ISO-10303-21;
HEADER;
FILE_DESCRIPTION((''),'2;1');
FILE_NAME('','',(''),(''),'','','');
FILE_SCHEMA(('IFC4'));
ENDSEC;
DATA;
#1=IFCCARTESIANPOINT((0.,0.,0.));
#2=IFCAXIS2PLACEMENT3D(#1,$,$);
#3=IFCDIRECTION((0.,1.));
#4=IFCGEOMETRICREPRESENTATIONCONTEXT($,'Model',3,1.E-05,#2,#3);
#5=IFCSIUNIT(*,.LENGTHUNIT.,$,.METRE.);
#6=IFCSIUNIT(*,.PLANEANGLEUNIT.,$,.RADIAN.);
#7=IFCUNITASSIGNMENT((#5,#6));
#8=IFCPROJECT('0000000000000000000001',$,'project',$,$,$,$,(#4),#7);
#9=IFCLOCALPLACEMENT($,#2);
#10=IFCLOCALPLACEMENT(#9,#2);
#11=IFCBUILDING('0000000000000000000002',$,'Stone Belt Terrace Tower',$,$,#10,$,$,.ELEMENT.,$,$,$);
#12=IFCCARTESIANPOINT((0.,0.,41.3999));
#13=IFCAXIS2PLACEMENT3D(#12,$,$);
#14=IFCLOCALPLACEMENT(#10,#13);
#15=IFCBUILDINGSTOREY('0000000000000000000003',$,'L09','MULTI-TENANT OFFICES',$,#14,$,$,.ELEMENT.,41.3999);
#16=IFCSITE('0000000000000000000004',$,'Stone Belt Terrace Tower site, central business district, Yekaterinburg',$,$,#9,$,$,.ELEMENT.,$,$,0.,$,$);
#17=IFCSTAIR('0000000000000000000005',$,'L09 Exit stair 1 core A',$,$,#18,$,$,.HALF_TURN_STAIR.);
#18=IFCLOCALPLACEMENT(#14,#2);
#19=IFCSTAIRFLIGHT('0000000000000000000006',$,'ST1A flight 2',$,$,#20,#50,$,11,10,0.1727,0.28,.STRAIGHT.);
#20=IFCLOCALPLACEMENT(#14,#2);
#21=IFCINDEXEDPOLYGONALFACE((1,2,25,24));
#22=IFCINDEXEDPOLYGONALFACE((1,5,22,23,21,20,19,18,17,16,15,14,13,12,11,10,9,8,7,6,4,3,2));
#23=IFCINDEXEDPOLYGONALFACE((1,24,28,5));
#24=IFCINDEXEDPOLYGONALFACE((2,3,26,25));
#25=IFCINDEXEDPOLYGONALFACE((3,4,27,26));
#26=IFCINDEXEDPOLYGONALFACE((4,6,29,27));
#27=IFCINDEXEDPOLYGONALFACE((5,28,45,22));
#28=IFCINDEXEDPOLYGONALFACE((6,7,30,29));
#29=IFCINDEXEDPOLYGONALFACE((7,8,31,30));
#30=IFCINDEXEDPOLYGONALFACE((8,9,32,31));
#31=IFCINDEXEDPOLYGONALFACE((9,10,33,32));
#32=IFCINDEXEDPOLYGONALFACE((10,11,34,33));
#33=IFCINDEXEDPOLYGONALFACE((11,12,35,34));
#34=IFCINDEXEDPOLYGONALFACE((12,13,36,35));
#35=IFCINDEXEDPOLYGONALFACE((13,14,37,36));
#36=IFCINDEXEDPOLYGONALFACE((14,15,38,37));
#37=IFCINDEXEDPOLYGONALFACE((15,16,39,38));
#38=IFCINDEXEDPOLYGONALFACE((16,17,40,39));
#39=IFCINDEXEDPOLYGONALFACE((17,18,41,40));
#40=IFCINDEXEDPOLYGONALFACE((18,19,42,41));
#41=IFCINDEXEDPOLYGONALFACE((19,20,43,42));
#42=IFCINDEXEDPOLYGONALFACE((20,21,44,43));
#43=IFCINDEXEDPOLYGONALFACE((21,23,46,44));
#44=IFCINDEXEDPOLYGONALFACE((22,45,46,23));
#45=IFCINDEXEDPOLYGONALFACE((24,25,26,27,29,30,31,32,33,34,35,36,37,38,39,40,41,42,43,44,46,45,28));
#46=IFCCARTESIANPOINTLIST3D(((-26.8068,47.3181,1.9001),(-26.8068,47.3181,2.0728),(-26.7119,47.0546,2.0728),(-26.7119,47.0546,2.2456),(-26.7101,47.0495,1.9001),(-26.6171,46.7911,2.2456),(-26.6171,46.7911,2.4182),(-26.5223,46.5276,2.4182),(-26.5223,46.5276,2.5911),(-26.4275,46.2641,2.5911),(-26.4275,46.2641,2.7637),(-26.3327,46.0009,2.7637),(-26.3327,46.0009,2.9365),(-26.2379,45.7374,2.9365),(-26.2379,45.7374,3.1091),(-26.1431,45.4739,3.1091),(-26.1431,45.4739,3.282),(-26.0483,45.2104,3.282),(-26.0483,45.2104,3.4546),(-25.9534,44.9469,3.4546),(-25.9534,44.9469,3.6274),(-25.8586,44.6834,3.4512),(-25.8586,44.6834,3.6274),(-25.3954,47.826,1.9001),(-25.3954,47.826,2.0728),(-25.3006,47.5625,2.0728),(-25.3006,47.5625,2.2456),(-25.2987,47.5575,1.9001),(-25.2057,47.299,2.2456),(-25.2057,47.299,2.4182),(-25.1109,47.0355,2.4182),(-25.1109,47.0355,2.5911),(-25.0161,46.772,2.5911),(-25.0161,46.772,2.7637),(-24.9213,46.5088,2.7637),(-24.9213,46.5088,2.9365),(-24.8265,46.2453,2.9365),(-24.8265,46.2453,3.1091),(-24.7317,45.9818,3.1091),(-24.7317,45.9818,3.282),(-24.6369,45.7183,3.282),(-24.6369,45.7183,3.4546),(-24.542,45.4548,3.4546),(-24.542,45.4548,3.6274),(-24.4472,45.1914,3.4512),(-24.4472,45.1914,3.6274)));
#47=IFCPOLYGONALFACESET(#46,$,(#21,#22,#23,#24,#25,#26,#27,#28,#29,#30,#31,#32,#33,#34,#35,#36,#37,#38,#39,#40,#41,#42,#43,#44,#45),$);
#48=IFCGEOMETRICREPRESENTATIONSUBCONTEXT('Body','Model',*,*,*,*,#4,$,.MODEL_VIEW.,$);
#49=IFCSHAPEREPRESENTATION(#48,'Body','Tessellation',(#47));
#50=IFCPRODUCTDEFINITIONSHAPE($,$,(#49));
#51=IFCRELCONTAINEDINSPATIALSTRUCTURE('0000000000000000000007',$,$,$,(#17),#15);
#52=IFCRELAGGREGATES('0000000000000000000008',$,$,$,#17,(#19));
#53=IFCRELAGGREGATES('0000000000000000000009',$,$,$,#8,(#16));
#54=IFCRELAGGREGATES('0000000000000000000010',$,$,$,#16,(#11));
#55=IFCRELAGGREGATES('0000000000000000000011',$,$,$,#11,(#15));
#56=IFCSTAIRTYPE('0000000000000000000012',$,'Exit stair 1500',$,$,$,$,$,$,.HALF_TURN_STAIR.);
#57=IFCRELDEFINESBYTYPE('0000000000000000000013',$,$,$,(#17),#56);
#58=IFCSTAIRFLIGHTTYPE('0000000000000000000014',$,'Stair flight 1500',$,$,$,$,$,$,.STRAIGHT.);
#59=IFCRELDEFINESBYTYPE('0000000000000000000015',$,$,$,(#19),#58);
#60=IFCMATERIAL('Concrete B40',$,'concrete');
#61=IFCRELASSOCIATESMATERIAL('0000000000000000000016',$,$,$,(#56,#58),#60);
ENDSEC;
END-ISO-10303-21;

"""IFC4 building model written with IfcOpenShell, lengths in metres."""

from ifc_helpers import new_model, si_unit, direction, frame, origin, place, context, subcontext, project, spatial, polyline, outline, extrude, material, type_object, element, aggregate, save


model = new_model("IFC4")

# Units and contexts
model_context = context("Model", 3, precision=1e-05, world=origin(), true_north=direction((0.0, 1.0)))
body_context = subcontext(model_context, "Body", "Model", "MODEL_VIEW")
ifc_project = project(units=[si_unit("LENGTHUNIT", "METRE"), si_unit("PLANEANGLEUNIT", "RADIAN")], contexts=[model_context])

# Site, building, storey
site_placement = place(None, origin())
site = spatial("IfcSite", under=ifc_project, at=site_placement, Name="Stone Belt Terrace Tower site, central business district, Yekaterinburg", CompositionType="ELEMENT", RefElevation=0.0)
building_placement = place(site_placement, origin())
building = spatial("IfcBuilding", under=site, at=building_placement, Name="Stone Belt Terrace Tower", CompositionType="ELEMENT")
storey_placement = place(building_placement, frame((0.0, 0.0, 41.3999)))
storey = spatial("IfcBuildingStorey", under=building, at=storey_placement, Name="L09", Description="MULTI-TENANT OFFICES", CompositionType="ELEMENT", Elevation=41.3999)

# Stair, stair flight
ifc_material_1 = material(Name="Concrete B40", Category="concrete")
stair_type = type_object("IfcStairType", Name="Exit stair 1500", PredefinedType="HALF_TURN_STAIR", material=ifc_material_1)
stair_placement = place(storey_placement, origin())
stair = element("IfcStair", 1, at=stair_placement, inside=storey, type_object=stair_type, Name="L09 Exit stair 1 core A", PredefinedType="HALF_TURN_STAIR")
stair_flight_type = type_object("IfcStairFlightType", Name="Stair flight 1500", PredefinedType="STRAIGHT", material=ifc_material_1)
stair_flight_placement = place(storey_placement, frame((-26.1011, 47.572, 1.9001), z_axis=(0.0, 0.0, 1.0), x_axis=(0.338624, -0.940922, 0.0)))
stair_flight = element("IfcStairFlight", 2, at=stair_flight_placement, type_object=stair_flight_type, Name="ST1A flight 2", NumberOfRisers=11, NumberOfTreads=10, PredefinedType="STRAIGHT", RiserHeight=0.1727, TreadLength=0.28, context=body_context, shape_type="SweptSolid", body=[
    extrude(outline(polyline([(0.0, 0.0), (0.0, 0.1726), (0.28, 0.1726), (0.28, 0.3455), (0.5601, 0.3455), (0.5601, 0.5181), (0.8401, 0.5181), (0.8401, 0.6909), (1.1201, 0.6909), (1.1201, 0.8635), (1.3999, 0.8635), (1.3999, 1.0364), (1.6799, 1.0364), (1.6799, 1.209), (1.96, 1.209), (1.96, 1.3818), (2.24, 1.3818), (2.24, 1.5544), (2.52, 1.5544), (2.52, 1.7273), (2.8, 1.7273), (2.8, 1.8999), (2.8, 1.551), (0.2854, 0.0), (0.0, 0.0)])), frame((0.0, 0.75, 0.0), z_axis=(0.0, -1.0, 0.0), x_axis=(1.0, 0.0, 0.0)), (0.0, 0.0, 1.0), 1.5),
])
aggregate(stair, [stair_flight])

save(model, "model.ifc")
